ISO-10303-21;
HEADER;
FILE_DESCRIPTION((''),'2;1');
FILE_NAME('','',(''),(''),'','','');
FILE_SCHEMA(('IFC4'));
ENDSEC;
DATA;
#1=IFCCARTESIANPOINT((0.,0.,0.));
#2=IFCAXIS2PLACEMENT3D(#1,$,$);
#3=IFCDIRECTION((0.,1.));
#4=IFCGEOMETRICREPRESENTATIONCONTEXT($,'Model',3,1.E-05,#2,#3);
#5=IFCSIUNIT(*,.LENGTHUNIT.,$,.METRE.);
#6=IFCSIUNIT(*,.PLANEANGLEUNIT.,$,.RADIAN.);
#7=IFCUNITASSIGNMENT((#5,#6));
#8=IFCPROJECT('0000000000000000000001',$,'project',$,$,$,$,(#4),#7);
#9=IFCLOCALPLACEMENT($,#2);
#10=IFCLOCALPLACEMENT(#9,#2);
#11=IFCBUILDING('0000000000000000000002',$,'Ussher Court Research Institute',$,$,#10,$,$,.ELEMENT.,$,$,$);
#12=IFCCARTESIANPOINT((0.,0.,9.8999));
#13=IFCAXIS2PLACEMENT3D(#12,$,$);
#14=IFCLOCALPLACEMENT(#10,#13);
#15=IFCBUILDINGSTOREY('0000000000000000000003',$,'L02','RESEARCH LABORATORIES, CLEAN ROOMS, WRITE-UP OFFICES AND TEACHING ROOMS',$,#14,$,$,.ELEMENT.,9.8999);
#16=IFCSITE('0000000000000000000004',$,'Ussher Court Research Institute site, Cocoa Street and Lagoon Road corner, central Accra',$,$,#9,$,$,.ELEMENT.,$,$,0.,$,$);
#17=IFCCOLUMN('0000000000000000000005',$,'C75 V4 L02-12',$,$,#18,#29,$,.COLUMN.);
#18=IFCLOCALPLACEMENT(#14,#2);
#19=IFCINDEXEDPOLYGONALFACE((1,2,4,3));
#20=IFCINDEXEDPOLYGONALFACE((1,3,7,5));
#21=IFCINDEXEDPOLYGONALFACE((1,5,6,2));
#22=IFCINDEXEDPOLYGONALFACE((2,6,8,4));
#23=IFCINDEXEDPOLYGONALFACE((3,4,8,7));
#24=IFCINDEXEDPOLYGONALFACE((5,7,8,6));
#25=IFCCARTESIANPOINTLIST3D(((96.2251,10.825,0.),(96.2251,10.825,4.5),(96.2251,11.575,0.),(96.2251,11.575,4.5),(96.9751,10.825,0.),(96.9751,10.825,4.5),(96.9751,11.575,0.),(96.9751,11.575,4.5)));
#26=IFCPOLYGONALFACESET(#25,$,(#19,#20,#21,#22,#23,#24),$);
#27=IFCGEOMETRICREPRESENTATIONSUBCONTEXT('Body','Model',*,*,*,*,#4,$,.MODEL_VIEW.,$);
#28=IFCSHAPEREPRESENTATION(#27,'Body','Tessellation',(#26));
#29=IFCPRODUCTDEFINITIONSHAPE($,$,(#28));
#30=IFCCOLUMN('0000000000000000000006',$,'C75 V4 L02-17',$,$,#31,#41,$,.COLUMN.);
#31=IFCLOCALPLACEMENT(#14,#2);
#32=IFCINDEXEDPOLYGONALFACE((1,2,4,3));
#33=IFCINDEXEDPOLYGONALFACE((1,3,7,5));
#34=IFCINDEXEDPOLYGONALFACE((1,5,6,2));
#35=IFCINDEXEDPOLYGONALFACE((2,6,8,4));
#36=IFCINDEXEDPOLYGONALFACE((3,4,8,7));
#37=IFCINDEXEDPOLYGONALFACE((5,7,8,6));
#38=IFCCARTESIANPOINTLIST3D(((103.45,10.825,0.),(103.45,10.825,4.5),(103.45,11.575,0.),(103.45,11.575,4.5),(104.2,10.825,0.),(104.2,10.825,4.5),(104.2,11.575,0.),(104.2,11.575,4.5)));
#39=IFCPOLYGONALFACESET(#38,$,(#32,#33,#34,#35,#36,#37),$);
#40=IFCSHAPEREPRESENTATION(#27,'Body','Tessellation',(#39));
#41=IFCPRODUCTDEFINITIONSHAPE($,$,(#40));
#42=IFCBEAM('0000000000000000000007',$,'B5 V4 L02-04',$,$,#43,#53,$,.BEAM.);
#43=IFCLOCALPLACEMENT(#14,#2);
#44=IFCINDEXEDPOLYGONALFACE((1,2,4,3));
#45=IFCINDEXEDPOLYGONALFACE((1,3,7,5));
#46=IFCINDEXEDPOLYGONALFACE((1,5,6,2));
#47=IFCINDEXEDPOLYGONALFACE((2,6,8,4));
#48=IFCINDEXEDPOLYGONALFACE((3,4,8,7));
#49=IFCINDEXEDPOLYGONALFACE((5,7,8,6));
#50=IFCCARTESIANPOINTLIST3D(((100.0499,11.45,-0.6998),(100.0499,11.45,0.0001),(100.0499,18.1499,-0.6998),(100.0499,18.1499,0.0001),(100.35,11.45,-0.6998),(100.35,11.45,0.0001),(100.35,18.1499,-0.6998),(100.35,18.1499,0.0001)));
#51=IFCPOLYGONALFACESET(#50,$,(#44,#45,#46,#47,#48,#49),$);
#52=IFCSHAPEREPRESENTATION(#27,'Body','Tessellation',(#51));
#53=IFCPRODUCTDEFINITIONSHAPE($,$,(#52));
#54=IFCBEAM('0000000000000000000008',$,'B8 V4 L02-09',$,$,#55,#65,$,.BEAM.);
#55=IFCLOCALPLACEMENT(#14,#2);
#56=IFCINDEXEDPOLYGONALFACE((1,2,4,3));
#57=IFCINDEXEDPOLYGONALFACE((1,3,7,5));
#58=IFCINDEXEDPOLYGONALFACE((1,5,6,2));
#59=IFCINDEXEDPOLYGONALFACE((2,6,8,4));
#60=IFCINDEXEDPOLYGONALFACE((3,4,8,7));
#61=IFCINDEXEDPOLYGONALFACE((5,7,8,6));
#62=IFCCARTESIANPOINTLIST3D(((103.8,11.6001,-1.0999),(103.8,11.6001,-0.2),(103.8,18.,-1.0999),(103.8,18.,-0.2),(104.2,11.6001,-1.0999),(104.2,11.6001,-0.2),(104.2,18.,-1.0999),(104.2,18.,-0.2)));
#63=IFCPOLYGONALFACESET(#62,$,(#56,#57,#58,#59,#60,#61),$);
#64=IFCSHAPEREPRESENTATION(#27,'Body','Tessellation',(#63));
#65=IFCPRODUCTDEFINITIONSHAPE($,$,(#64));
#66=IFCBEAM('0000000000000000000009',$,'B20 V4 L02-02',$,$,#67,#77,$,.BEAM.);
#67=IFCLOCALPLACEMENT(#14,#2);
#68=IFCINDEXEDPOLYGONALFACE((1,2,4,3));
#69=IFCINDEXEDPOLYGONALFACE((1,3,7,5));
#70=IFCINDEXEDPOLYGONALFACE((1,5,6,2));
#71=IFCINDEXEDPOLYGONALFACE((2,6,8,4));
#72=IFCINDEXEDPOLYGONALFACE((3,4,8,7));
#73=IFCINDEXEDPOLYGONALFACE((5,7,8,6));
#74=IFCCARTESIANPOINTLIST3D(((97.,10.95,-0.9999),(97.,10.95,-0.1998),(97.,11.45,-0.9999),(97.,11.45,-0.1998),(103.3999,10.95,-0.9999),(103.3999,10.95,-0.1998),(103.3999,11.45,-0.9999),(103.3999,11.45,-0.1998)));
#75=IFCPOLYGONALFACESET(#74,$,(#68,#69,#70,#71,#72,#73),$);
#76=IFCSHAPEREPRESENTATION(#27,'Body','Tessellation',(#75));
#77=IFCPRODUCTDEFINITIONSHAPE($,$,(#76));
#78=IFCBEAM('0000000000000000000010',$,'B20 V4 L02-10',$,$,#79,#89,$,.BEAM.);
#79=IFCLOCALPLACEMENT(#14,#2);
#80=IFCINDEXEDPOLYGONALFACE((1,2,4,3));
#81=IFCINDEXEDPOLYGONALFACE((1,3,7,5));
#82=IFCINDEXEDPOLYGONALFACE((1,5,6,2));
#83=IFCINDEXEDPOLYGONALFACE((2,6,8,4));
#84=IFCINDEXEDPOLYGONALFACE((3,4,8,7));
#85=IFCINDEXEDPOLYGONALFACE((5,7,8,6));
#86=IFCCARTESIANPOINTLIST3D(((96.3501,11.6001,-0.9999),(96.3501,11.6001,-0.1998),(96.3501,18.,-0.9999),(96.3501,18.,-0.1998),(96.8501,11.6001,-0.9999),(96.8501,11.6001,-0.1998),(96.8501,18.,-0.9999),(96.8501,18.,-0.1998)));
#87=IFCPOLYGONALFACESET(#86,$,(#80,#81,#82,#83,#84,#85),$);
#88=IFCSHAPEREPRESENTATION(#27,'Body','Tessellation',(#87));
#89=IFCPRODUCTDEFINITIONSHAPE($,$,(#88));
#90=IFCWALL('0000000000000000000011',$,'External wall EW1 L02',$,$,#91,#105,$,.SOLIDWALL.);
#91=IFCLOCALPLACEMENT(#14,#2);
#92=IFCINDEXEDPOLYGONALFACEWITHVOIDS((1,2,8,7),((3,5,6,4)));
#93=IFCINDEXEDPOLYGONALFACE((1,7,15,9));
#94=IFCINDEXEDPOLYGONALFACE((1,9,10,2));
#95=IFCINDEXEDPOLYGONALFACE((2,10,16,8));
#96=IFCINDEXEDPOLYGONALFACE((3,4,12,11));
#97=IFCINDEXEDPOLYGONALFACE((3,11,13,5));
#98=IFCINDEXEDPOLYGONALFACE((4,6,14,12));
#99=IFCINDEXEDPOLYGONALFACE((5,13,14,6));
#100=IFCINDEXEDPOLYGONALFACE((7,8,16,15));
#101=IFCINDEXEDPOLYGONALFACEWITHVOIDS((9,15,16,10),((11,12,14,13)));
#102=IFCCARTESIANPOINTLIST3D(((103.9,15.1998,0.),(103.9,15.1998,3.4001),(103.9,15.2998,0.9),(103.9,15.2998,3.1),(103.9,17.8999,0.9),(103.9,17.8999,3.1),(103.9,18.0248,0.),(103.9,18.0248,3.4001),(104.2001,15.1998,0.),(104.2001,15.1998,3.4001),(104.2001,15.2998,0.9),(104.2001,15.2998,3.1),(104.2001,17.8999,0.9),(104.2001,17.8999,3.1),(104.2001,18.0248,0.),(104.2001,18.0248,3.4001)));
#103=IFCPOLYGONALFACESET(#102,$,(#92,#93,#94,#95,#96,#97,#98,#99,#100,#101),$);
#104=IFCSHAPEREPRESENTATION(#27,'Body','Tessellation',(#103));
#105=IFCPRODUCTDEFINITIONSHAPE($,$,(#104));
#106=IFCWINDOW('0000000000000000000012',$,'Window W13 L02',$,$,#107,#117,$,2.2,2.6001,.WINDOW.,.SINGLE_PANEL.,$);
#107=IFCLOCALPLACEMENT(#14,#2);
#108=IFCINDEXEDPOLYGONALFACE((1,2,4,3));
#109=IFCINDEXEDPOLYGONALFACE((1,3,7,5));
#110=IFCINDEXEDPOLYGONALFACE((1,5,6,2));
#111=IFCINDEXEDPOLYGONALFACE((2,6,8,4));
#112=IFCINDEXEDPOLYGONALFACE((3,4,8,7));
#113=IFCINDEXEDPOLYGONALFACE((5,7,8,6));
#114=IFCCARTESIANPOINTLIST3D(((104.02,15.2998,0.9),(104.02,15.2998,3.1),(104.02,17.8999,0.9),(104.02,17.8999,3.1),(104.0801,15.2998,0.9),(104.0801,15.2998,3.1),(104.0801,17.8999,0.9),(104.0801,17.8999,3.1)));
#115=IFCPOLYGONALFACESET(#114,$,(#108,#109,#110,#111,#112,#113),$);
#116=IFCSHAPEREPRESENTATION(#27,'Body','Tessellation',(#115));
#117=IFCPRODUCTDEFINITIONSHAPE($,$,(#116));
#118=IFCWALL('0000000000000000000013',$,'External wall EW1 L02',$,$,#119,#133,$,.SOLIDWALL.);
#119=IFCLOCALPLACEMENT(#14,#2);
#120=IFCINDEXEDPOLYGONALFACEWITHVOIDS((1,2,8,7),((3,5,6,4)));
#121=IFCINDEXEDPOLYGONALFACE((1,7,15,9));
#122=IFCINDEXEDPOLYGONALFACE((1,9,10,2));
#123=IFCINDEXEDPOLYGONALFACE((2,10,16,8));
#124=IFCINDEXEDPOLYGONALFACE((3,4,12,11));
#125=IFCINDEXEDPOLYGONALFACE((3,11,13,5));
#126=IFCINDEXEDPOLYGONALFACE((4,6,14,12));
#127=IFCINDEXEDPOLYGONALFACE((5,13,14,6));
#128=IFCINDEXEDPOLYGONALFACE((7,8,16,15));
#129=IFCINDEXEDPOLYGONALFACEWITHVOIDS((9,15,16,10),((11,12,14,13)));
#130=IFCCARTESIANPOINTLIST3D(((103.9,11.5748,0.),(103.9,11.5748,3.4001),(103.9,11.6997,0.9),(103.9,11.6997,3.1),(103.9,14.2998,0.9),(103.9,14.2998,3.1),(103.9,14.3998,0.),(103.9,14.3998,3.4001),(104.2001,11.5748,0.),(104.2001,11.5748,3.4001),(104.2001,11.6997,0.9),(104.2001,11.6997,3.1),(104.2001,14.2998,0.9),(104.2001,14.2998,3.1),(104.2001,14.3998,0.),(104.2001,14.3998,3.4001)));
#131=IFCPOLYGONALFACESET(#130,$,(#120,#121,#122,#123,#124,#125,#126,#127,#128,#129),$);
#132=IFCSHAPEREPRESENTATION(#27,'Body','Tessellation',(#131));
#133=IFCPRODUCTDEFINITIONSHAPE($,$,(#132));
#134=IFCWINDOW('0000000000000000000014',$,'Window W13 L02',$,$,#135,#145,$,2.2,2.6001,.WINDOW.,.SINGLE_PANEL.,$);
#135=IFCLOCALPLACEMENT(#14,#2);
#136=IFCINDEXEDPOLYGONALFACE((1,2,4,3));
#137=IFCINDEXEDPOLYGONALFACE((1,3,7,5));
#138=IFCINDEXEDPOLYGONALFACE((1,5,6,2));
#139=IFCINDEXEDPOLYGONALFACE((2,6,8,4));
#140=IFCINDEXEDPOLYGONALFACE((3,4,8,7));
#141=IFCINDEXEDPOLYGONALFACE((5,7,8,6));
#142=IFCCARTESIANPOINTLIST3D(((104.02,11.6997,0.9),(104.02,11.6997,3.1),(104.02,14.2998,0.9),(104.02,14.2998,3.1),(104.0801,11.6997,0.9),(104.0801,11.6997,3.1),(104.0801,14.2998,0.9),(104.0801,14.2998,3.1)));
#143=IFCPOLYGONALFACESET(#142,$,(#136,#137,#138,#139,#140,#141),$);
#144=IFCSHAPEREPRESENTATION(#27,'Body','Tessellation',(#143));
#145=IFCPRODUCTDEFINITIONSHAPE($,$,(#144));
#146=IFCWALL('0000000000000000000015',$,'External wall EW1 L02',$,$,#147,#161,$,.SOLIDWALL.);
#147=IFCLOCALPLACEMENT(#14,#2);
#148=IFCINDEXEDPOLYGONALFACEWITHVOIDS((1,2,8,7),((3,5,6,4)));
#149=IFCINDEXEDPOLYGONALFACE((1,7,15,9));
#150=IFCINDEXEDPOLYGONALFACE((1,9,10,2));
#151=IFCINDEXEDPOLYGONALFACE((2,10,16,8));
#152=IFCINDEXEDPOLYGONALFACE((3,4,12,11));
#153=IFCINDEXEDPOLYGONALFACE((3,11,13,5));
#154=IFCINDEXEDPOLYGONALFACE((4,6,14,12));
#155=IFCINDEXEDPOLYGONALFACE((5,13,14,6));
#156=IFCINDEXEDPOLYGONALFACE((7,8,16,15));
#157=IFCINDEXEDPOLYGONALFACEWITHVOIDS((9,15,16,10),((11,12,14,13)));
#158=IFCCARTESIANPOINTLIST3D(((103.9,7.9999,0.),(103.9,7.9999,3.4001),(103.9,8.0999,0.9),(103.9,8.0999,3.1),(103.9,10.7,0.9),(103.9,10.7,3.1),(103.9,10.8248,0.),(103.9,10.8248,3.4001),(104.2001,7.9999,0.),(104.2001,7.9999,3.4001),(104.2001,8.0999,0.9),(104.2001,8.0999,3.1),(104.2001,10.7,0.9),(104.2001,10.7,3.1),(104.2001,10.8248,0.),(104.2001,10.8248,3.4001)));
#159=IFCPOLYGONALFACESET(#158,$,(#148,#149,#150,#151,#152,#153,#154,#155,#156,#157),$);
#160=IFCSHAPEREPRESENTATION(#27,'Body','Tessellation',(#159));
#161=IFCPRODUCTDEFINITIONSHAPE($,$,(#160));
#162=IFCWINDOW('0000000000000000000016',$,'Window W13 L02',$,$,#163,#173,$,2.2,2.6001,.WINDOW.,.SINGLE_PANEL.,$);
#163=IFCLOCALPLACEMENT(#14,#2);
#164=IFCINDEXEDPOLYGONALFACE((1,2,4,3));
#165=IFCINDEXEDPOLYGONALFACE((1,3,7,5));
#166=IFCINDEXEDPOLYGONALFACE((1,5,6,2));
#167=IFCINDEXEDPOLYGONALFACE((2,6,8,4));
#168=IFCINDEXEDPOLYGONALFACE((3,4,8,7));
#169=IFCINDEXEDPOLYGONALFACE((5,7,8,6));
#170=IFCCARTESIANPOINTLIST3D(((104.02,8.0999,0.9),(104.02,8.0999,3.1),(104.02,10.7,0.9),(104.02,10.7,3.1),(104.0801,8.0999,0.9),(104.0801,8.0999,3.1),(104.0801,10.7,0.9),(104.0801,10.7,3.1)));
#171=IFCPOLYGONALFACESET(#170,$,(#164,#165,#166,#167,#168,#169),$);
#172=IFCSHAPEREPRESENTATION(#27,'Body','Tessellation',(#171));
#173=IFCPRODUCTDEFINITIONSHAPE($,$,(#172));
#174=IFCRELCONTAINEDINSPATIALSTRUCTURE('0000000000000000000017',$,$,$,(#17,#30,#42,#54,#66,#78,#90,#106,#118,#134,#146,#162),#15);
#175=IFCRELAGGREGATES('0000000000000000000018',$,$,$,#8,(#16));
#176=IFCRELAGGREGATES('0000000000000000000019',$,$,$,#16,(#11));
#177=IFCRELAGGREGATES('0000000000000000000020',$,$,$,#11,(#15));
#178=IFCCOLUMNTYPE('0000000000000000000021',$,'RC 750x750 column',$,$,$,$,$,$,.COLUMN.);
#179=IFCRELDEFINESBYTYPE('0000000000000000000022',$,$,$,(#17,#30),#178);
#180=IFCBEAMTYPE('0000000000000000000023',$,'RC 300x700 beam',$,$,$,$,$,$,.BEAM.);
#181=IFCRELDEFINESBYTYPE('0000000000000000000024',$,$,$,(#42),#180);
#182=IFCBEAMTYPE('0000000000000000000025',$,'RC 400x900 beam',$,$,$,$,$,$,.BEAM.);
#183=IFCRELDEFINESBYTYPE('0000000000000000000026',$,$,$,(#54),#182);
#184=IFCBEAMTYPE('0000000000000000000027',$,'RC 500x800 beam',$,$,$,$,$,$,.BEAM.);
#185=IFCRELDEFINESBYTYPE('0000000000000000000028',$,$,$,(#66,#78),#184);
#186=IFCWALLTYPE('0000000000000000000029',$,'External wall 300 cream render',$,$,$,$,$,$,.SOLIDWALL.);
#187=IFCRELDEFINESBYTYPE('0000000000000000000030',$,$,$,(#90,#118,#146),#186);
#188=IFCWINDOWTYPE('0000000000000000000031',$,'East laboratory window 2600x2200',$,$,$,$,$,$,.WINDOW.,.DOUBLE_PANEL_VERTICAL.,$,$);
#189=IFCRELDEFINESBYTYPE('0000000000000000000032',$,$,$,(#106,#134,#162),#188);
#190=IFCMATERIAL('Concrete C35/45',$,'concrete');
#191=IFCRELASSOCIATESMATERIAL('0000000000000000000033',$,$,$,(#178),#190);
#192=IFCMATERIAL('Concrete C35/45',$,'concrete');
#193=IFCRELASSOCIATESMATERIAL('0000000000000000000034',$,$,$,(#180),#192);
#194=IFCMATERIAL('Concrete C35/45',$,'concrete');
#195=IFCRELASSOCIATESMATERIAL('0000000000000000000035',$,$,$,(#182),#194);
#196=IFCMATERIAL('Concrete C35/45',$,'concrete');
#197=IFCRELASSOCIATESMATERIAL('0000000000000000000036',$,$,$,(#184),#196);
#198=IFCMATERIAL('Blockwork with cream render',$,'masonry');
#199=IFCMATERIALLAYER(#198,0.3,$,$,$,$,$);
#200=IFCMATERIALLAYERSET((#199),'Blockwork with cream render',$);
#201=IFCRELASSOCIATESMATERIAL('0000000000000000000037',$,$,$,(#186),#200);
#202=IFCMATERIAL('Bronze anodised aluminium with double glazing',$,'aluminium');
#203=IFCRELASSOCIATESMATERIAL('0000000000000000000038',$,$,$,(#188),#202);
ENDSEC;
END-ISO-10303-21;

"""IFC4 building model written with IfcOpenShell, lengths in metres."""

from ifc_helpers import new_model, si_unit, direction, frame, frame_2d, origin, origin_2d, place, context, subcontext, project, spatial, rectangle, extrude, material, layer, layer_set, material_profile, profile_set, type_object, element, fill, save


model = new_model("IFC4")

# Units and contexts
model_context = context("Model", 3, precision=1e-05, world=origin(), true_north=direction((0.0, 1.0)))
body_context = subcontext(model_context, "Body", "Model", "MODEL_VIEW")
ifc_project = project(units=[si_unit("LENGTHUNIT", "METRE"), si_unit("PLANEANGLEUNIT", "RADIAN")], contexts=[model_context])

# Site, building, storey
site_placement = place(None, origin())
site = spatial("IfcSite", under=ifc_project, at=site_placement, Name="Ussher Court Research Institute site, Cocoa Street and Lagoon Road corner, central Accra", CompositionType="ELEMENT", RefElevation=0.0)
building_placement = place(site_placement, origin())
building = spatial("IfcBuilding", under=site, at=building_placement, Name="Ussher Court Research Institute", CompositionType="ELEMENT")
storey_placement = place(building_placement, frame((0.0, 0.0, 9.8999)))
storey = spatial("IfcBuildingStorey", under=building, at=storey_placement, Name="L02", Description="RESEARCH LABORATORIES, CLEAN ROOMS, WRITE-UP OFFICES AND TEACHING ROOMS", CompositionType="ELEMENT", Elevation=9.8999)

# Columns
ifc_material_1 = material(Name="Concrete C35/45", Category="concrete")
ifc_material_profile_1 = material_profile(ifc_material_1, rectangle(XDim=0.75, YDim=0.75, at=origin_2d()), Name="RC 750x750")
ifc_profile_set_1 = profile_set([ifc_material_profile_1], Name="Concrete C35/45")
column_type = type_object("IfcColumnType", Name="RC 750x750 column", PredefinedType="COLUMN", material=ifc_profile_set_1)
for number, where, z_axis, x_axis, name in (
    (1, (96.6001, 11.2, 0.0), (0.0, 0.0, 1.0), (1.0, 0.0, 0.0), "C75 V4 L02-12"),
    (2, (103.825, 11.2, 0.0), (0.0, 0.0, 1.0), (1.0, 0.0, 0.0), "C75 V4 L02-17"),
):
    element("IfcColumn", number, at=place(storey_placement, frame(where, z_axis=z_axis, x_axis=x_axis)), inside=storey, type_object=column_type, Name=name, PredefinedType="COLUMN", context=body_context, shape_type="SweptSolid", body=[
        extrude(rectangle(XDim=0.75, YDim=0.75, at=origin_2d()), origin(), (0.0, 0.0, 1.0), 4.5),
    ])

# Beams
ifc_material_2 = material(Name="Concrete C35/45", Category="concrete")
ifc_material_profile_2 = material_profile(ifc_material_2, rectangle(XDim=0.3, YDim=0.7, at=origin_2d()), Name="RC 300x700")
ifc_profile_set_2 = profile_set([ifc_material_profile_2], Name="Concrete C35/45")
beam_type_1 = type_object("IfcBeamType", Name="RC 300x700 beam", PredefinedType="BEAM", material=ifc_profile_set_2)
beam_1_placement = place(storey_placement, frame((100.2, 11.45, -0.3499), z_axis=(0.0, 1.0, 0.0), x_axis=(-1.0, 0.0, 0.0)))
element("IfcBeam", 3, at=beam_1_placement, inside=storey, type_object=beam_type_1, Name="B5 V4 L02-04", PredefinedType="BEAM", context=body_context, shape_type="SweptSolid", body=[
    extrude(rectangle(XDim=0.3, YDim=0.7, at=origin_2d()), origin(), (0.0, 0.0, 1.0), 6.7),
])
ifc_material_3 = material(Name="Concrete C35/45", Category="concrete")
ifc_material_profile_3 = material_profile(ifc_material_3, rectangle(XDim=0.3999, YDim=0.8999, at=origin_2d()), Name="RC 400x900")
ifc_profile_set_3 = profile_set([ifc_material_profile_3], Name="Concrete C35/45")
beam_type_2 = type_object("IfcBeamType", Name="RC 400x900 beam", PredefinedType="BEAM", material=ifc_profile_set_3)
beam_2_placement = place(storey_placement, frame((104.0, 11.6001, -0.6499), z_axis=(0.0, 1.0, 0.0), x_axis=(-1.0, 0.0, 0.0)))
element("IfcBeam", 4, at=beam_2_placement, inside=storey, type_object=beam_type_2, Name="B8 V4 L02-09", PredefinedType="BEAM", context=body_context, shape_type="SweptSolid", body=[
    extrude(rectangle(XDim=0.3999, YDim=0.8999, at=origin_2d()), origin(), (0.0, 0.0, 1.0), 6.3999),
])
ifc_material_4 = material(Name="Concrete C35/45", Category="concrete")
ifc_material_profile_4 = material_profile(ifc_material_4, rectangle(XDim=0.5, YDim=0.8, at=origin_2d()), Name="RC 500x800")
ifc_profile_set_4 = profile_set([ifc_material_profile_4], Name="Concrete C35/45")
beam_type_3 = type_object("IfcBeamType", Name="RC 500x800 beam", PredefinedType="BEAM", material=ifc_profile_set_4)
for number, where, z_axis, x_axis, name in (
    (5, (97.0, 11.2, -0.5999), (1.0, 0.0, 0.0), (0.0, 1.0, 0.0), "B20 V4 L02-02"),
    (6, (96.6001, 11.6001, -0.5999), (0.0, 1.0, 0.0), (-1.0, 0.0, 0.0), "B20 V4 L02-10"),
):
    element("IfcBeam", number, at=place(storey_placement, frame(where, z_axis=z_axis, x_axis=x_axis)), inside=storey, type_object=beam_type_3, Name=name, PredefinedType="BEAM", context=body_context, shape_type="SweptSolid", body=[
        extrude(rectangle(XDim=0.5, YDim=0.8, at=origin_2d()), origin(), (0.0, 0.0, 1.0), 6.3999),
    ])

# Walls, openings, windows
ifc_material_5 = material(Name="Blockwork with cream render", Category="masonry")
ifc_layer_1 = layer(ifc_material_5, 0.3)
ifc_layer_set_1 = layer_set([ifc_layer_1], Name="Blockwork with cream render")
wall_type_1 = type_object("IfcWallType", Name="External wall 300 cream render", PredefinedType="SOLIDWALL", material=ifc_layer_set_1)
wall_1_placement = place(storey_placement, frame((104.05, 18.0249, 0.0), z_axis=(0.0, 0.0, 1.0), x_axis=(0.0, -1.0, 0.0)))
wall_1 = element("IfcWall", 7, at=wall_1_placement, inside=storey, type_object=wall_type_1, Name="External wall EW1 L02", PredefinedType="SOLIDWALL", context=body_context, shape_type="SweptSolid", body=[
    extrude(rectangle(XDim=2.825, YDim=0.3, at=frame_2d((1.4126, 0.0))), origin(), (0.0, 0.0, 1.0), 3.4001),
])
opening_1_placement = place(wall_1_placement, frame((0.125, 0.0, 0.8999)))
opening_1 = element("IfcOpeningElement", 8, at=opening_1_placement, cuts=wall_1, PredefinedType="OPENING", context=body_context, shape_type="SweptSolid", body=[
    extrude(rectangle(XDim=2.6001, YDim=2.2, at=frame_2d((1.3, 1.1001))), frame((0.0, 0.1602, 0.0), z_axis=(0.0, -1.0, 0.0), x_axis=(1.0, 0.0, 0.0)), (0.0, 0.0, 1.0), 0.3201),
])
ifc_material_6 = material(Name="Bronze anodised aluminium with double glazing", Category="aluminium")
window_type = type_object("IfcWindowType", Name="East laboratory window 2600x2200", PartitioningType="DOUBLE_PANEL_VERTICAL", PredefinedType="WINDOW", material=ifc_material_6)
window_1_placement = place(opening_1_placement, origin())
window_1 = element("IfcWindow", 9, at=window_1_placement, inside=storey, type_object=window_type, Name="Window W13 L02", OverallHeight=2.2, OverallWidth=2.6001, PartitioningType="SINGLE_PANEL", PredefinedType="WINDOW", context=body_context, shape_type="SweptSolid", body=[
    extrude(rectangle(XDim=2.6001, YDim=2.2, at=frame_2d((1.3, 1.1001))), frame((0.0, 0.03, 0.0), z_axis=(0.0, -1.0, 0.0), x_axis=(1.0, 0.0, 0.0)), (0.0, 0.0, 1.0), 0.0601),
])
fill(opening_1, window_1)
wall_2_placement = place(storey_placement, frame((104.05, 14.3999, 0.0), z_axis=(0.0, 0.0, 1.0), x_axis=(0.0, -1.0, 0.0)))
wall_2 = element("IfcWall", 10, at=wall_2_placement, inside=storey, type_object=wall_type_1, Name="External wall EW1 L02", PredefinedType="SOLIDWALL", context=body_context, shape_type="SweptSolid", body=[
    extrude(rectangle(XDim=2.825, YDim=0.3, at=frame_2d((1.4126, 0.0))), origin(), (0.0, 0.0, 1.0), 3.4001),
])
opening_2_placement = place(wall_2_placement, frame((0.1001, 0.0, 0.8999)))
opening_2 = element("IfcOpeningElement", 11, at=opening_2_placement, cuts=wall_2, PredefinedType="OPENING", context=body_context, shape_type="SweptSolid", body=[
    extrude(rectangle(XDim=2.6001, YDim=2.2, at=frame_2d((1.3, 1.1001))), frame((0.0, 0.1602, 0.0), z_axis=(0.0, -1.0, 0.0), x_axis=(1.0, 0.0, 0.0)), (0.0, 0.0, 1.0), 0.3201),
])
window_2_placement = place(opening_2_placement, origin())
window_2 = element("IfcWindow", 12, at=window_2_placement, inside=storey, type_object=window_type, Name="Window W13 L02", OverallHeight=2.2, OverallWidth=2.6001, PartitioningType="SINGLE_PANEL", PredefinedType="WINDOW", context=body_context, shape_type="SweptSolid", body=[
    extrude(rectangle(XDim=2.6001, YDim=2.2, at=frame_2d((1.3, 1.1001))), frame((0.0, 0.03, 0.0), z_axis=(0.0, -1.0, 0.0), x_axis=(1.0, 0.0, 0.0)), (0.0, 0.0, 1.0), 0.0601),
])
fill(opening_2, window_2)
wall_3_placement = place(storey_placement, frame((104.05, 10.825, 0.0), z_axis=(0.0, 0.0, 1.0), x_axis=(0.0, -1.0, 0.0)))
wall_3 = element("IfcWall", 13, at=wall_3_placement, inside=storey, type_object=wall_type_1, Name="External wall EW1 L02", PredefinedType="SOLIDWALL", context=body_context, shape_type="SweptSolid", body=[
    extrude(rectangle(XDim=2.825, YDim=0.3, at=frame_2d((1.4126, 0.0))), origin(), (0.0, 0.0, 1.0), 3.4001),
])
opening_3_placement = place(wall_3_placement, frame((0.125, 0.0, 0.8999)))
opening_3 = element("IfcOpeningElement", 14, at=opening_3_placement, cuts=wall_3, PredefinedType="OPENING", context=body_context, shape_type="SweptSolid", body=[
    extrude(rectangle(XDim=2.6001, YDim=2.2, at=frame_2d((1.3, 1.1001))), frame((0.0, 0.1602, 0.0), z_axis=(0.0, -1.0, 0.0), x_axis=(1.0, 0.0, 0.0)), (0.0, 0.0, 1.0), 0.3201),
])
window_3_placement = place(opening_3_placement, origin())
window_3 = element("IfcWindow", 15, at=window_3_placement, inside=storey, type_object=window_type, Name="Window W13 L02", OverallHeight=2.2, OverallWidth=2.6001, PartitioningType="SINGLE_PANEL", PredefinedType="WINDOW", context=body_context, shape_type="SweptSolid", body=[
    extrude(rectangle(XDim=2.6001, YDim=2.2, at=frame_2d((1.3, 1.1001))), frame((0.0, 0.03, 0.0), z_axis=(0.0, -1.0, 0.0), x_axis=(1.0, 0.0, 0.0)), (0.0, 0.0, 1.0), 0.0601),
])
fill(opening_3, window_3)

save(model, "model.ifc")
